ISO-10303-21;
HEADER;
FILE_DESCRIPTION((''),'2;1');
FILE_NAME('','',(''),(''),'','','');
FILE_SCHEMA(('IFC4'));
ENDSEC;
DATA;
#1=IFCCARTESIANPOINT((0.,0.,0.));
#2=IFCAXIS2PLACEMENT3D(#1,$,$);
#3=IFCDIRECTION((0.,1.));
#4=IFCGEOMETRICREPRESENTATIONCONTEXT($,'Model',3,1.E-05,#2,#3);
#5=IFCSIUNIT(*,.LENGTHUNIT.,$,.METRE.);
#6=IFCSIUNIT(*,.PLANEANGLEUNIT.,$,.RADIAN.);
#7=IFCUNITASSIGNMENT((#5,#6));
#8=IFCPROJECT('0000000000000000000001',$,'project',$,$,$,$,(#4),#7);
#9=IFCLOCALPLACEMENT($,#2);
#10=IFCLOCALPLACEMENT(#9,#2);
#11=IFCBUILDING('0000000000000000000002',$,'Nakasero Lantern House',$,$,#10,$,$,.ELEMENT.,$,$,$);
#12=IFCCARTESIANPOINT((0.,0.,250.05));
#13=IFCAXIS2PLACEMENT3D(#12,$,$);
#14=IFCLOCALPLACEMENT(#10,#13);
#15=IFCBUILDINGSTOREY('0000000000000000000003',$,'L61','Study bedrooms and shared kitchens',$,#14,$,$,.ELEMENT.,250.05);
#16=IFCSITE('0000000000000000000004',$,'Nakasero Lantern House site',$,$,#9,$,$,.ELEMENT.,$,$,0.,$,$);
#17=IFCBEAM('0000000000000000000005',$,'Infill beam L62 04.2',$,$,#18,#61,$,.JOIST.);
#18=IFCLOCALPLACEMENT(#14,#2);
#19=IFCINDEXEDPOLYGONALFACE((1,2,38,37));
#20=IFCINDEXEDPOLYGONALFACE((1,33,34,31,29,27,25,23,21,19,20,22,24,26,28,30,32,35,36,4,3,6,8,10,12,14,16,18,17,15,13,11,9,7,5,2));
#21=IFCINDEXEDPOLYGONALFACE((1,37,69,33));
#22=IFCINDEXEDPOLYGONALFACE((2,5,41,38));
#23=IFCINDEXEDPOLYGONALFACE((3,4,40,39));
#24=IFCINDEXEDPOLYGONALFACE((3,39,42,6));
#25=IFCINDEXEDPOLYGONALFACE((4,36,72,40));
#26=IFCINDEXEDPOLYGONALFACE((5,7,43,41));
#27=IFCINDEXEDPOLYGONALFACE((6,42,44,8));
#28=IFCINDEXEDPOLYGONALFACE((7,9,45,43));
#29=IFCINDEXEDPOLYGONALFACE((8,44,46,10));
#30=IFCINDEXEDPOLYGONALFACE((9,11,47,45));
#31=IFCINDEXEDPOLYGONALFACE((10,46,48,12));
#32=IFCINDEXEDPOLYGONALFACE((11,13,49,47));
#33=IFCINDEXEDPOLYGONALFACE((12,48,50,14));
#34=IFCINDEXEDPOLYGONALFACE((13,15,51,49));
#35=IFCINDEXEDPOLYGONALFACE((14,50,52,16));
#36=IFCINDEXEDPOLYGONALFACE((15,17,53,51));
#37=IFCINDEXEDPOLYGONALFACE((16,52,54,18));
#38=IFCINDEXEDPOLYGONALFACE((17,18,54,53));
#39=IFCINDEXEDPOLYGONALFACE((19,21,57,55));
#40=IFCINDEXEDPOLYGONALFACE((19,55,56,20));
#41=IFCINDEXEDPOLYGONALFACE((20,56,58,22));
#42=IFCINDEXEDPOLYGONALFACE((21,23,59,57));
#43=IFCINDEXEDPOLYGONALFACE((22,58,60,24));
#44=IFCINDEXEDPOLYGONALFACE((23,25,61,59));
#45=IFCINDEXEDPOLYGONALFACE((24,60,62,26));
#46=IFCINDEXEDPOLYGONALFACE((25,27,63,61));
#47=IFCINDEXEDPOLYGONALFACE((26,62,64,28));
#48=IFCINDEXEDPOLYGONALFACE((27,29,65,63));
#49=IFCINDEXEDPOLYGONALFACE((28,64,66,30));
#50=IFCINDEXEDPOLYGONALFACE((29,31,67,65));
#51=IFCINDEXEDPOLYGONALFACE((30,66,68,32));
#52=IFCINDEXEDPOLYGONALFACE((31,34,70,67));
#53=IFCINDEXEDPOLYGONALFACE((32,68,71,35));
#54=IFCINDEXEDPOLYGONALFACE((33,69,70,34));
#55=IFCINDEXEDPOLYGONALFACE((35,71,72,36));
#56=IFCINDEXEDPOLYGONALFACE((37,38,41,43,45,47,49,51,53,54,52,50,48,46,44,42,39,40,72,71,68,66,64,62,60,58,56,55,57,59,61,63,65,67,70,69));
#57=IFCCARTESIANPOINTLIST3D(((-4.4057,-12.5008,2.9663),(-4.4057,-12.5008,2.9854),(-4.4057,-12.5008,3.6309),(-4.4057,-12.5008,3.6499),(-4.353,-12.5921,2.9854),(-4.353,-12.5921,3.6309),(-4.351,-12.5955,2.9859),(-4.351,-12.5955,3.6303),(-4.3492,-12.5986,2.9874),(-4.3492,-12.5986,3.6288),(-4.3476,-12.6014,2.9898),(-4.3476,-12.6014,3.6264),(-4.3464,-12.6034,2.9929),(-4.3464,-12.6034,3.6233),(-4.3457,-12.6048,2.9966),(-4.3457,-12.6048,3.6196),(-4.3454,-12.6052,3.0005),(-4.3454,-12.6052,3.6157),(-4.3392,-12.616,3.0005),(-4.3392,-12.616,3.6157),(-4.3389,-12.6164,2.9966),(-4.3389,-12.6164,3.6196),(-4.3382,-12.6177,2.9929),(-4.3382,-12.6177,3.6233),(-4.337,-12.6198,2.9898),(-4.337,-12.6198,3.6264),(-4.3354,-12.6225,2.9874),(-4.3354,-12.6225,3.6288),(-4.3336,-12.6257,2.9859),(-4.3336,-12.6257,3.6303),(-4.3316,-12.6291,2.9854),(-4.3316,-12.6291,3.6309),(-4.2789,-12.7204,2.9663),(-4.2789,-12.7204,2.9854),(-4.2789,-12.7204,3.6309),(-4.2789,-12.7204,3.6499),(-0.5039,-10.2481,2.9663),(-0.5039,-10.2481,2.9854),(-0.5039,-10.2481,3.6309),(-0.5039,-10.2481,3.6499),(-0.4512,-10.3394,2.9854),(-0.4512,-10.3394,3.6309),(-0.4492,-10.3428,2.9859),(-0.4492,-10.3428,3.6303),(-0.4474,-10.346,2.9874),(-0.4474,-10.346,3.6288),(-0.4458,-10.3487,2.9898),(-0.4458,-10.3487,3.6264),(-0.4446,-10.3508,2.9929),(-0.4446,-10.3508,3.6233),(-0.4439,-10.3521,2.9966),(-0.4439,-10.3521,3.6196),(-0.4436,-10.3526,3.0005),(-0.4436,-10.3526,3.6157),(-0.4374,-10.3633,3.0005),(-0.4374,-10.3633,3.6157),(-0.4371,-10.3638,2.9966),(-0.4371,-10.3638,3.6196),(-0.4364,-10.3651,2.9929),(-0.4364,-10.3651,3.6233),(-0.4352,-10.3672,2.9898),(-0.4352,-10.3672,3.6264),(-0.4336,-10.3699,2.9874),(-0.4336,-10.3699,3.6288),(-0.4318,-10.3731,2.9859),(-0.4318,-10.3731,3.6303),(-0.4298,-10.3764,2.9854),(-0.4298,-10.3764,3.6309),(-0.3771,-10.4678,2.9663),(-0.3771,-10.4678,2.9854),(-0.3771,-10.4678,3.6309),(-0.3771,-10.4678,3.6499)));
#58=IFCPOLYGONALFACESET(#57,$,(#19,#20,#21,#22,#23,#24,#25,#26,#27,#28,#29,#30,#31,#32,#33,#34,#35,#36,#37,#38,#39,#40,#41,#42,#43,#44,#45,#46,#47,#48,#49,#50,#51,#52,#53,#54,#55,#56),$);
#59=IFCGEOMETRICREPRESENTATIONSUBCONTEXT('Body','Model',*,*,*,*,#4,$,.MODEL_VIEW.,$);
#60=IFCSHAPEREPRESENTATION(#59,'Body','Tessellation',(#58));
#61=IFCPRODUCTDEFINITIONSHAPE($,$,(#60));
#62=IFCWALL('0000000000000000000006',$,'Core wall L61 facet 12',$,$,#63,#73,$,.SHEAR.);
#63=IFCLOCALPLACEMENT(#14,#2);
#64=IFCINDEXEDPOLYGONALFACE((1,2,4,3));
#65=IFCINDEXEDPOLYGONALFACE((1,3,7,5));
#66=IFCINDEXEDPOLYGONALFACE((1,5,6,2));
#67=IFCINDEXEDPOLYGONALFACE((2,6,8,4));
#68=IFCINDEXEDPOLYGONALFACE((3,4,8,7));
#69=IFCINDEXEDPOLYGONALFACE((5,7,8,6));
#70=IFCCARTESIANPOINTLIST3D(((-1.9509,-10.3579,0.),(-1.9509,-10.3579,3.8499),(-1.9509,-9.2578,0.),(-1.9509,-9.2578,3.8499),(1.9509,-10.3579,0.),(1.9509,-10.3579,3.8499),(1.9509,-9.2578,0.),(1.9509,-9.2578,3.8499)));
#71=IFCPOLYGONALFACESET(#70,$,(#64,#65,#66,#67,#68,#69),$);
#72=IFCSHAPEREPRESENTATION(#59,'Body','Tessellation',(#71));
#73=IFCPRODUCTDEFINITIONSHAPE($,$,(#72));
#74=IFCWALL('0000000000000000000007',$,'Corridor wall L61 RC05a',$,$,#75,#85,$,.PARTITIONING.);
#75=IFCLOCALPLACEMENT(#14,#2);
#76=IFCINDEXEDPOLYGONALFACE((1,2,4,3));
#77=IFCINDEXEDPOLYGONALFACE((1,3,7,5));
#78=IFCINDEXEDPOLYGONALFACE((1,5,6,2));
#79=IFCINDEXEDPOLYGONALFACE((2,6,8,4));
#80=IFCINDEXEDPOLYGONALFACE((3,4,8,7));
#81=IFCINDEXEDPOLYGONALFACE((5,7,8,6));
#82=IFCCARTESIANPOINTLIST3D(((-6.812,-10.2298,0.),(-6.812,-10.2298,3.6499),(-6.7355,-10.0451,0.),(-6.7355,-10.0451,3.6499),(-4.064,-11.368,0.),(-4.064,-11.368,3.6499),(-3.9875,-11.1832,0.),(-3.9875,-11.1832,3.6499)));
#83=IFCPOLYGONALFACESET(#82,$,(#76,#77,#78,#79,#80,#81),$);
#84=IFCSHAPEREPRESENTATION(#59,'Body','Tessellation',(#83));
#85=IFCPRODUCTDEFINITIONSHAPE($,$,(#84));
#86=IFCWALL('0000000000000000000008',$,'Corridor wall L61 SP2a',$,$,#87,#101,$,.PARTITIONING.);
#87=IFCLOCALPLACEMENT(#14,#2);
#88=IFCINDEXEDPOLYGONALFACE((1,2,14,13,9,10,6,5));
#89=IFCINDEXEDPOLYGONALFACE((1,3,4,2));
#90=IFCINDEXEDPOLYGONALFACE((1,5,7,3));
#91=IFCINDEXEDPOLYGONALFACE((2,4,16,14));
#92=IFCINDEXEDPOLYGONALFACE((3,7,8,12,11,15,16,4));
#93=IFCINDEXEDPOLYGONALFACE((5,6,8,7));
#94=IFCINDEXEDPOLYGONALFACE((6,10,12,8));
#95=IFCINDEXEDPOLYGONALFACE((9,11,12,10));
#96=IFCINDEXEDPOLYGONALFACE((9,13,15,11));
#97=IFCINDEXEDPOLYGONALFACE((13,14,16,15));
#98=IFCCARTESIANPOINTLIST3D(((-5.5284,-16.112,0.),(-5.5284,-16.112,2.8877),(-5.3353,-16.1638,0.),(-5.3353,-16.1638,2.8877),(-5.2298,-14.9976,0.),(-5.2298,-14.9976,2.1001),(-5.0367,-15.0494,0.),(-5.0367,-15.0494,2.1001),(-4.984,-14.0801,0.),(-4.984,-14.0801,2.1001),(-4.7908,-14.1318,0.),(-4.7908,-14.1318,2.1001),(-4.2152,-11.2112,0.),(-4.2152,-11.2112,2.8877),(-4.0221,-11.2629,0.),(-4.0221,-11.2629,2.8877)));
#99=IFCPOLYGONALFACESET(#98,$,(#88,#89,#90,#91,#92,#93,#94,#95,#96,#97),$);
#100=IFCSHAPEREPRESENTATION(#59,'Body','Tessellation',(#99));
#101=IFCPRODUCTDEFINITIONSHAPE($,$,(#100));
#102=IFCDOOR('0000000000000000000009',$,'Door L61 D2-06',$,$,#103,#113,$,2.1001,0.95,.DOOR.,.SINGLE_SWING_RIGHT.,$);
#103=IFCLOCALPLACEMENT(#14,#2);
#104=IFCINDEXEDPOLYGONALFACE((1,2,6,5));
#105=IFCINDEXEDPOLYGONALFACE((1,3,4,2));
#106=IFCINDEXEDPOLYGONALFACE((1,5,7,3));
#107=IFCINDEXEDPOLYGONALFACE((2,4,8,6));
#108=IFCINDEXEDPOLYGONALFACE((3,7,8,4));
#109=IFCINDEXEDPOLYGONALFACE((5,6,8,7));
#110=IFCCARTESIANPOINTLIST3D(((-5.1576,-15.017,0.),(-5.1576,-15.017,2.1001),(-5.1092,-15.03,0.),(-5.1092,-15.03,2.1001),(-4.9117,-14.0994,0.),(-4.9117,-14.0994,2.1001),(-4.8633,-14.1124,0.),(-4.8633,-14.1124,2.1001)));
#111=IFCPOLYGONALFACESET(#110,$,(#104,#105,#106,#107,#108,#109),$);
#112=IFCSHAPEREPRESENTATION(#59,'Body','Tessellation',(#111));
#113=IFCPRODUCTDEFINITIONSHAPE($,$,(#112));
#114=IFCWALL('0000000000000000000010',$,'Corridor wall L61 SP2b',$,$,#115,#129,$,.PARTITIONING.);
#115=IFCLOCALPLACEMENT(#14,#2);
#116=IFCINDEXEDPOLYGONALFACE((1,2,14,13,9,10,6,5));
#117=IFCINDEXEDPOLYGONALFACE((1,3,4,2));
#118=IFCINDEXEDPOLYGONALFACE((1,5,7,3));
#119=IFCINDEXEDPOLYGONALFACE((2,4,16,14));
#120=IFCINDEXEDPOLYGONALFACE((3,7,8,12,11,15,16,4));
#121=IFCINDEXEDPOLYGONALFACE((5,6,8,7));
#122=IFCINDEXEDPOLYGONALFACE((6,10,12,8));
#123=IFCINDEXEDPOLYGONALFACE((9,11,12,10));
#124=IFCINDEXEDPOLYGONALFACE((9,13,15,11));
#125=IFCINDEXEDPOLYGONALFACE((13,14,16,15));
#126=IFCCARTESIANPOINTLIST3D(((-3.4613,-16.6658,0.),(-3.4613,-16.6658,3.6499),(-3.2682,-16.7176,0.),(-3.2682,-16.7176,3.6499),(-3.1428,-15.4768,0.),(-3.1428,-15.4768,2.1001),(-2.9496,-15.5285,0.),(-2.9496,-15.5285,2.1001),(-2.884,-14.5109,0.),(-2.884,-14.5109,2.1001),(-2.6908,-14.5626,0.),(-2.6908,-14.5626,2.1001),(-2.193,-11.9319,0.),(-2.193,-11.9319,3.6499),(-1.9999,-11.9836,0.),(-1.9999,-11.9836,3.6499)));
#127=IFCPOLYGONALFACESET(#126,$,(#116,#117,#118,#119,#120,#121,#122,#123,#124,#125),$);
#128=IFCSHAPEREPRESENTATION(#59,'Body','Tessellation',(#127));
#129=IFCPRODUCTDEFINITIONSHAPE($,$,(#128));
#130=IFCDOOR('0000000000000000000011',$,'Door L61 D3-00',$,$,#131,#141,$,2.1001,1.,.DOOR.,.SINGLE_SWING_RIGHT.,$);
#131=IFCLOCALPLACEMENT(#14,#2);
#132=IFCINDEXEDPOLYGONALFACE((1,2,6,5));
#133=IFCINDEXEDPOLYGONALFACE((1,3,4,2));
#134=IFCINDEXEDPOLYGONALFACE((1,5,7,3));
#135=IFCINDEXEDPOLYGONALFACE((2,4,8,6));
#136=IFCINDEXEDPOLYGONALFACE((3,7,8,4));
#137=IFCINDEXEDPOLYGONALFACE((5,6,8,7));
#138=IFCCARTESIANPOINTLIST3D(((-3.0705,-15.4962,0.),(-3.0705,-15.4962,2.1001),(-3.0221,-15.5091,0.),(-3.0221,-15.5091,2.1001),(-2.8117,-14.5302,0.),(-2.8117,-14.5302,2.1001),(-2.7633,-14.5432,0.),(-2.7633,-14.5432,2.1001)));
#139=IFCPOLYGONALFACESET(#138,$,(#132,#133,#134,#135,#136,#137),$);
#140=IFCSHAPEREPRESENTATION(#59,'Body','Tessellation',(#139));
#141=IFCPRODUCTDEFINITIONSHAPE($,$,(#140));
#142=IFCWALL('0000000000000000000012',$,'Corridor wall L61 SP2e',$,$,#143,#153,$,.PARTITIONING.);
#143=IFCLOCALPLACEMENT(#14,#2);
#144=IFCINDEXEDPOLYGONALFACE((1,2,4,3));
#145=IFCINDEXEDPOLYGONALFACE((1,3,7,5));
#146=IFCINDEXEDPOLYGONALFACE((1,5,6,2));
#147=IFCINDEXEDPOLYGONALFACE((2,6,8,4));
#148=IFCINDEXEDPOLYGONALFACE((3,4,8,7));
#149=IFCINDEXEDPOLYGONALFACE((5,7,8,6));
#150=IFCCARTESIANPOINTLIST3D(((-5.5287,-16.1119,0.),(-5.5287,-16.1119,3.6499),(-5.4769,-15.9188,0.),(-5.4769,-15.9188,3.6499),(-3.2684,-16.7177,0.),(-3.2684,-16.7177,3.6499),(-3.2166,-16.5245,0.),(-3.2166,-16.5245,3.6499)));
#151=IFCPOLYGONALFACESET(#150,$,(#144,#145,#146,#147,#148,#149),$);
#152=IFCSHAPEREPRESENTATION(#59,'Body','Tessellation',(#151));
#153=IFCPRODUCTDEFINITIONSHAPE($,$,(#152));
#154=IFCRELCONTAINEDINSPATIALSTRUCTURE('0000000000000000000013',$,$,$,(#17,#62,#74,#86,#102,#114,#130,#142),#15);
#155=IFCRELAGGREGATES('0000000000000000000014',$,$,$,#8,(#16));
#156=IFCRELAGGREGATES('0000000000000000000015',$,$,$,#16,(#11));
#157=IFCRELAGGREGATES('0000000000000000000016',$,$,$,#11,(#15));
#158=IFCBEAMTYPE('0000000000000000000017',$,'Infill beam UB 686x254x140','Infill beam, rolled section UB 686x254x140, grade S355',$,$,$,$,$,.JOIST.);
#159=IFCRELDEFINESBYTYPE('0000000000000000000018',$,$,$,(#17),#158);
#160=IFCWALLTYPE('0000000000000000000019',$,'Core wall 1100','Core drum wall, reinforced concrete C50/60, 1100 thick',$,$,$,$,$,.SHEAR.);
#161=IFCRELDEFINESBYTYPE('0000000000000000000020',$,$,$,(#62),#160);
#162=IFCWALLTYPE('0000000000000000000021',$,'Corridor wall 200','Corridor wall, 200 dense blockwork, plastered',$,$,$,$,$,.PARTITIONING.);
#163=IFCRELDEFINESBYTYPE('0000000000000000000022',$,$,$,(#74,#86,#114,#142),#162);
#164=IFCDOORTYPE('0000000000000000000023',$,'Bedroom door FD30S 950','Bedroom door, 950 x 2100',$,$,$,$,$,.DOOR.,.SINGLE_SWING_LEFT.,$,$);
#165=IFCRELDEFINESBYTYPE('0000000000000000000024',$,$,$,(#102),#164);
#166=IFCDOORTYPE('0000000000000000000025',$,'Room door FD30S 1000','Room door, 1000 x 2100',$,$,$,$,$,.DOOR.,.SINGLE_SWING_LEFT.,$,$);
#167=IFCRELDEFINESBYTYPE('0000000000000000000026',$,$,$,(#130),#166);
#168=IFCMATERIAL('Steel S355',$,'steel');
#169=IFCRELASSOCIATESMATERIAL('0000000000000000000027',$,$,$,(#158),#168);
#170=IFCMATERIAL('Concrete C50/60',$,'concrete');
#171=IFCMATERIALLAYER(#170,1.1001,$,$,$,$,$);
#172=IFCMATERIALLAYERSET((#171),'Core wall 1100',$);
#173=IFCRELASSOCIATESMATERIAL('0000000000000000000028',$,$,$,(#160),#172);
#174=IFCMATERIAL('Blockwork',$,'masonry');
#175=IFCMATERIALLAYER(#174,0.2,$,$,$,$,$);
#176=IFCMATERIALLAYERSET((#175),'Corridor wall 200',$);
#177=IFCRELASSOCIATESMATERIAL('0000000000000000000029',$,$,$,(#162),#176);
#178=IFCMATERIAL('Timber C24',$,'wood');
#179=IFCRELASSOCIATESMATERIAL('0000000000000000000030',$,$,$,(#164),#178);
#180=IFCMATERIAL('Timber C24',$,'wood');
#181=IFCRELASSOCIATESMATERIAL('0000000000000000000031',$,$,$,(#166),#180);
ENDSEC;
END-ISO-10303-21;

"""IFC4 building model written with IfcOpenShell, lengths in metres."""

from ifc_helpers import new_model, si_unit, direction, frame, frame_2d, origin, origin_2d, place, context, subcontext, project, spatial, rectangle, i_section, extrude, material, layer, layer_set, material_profile, profile_set, type_object, element, fill, save


model = new_model("IFC4")

# Units and contexts
model_context = context("Model", 3, precision=1e-05, world=origin(), true_north=direction((0.0, 1.0)))
body_context = subcontext(model_context, "Body", "Model", "MODEL_VIEW")
ifc_project = project(units=[si_unit("LENGTHUNIT", "METRE"), si_unit("PLANEANGLEUNIT", "RADIAN")], contexts=[model_context])

# Site, building, storey
site_placement = place(None, origin())
site = spatial("IfcSite", under=ifc_project, at=site_placement, Name="Nakasero Lantern House site", CompositionType="ELEMENT", RefElevation=0.0)
building_placement = place(site_placement, origin())
building = spatial("IfcBuilding", under=site, at=building_placement, Name="Nakasero Lantern House", CompositionType="ELEMENT")
storey_placement = place(building_placement, frame((0.0, 0.0, 250.05)))
storey = spatial("IfcBuildingStorey", under=building, at=storey_placement, Name="L61", Description="Study bedrooms and shared kitchens", CompositionType="ELEMENT", Elevation=250.05)

# Beam
ifc_material_1 = material(Name="Steel S355", Category="steel")
ifc_material_profile = material_profile(ifc_material_1, i_section(OverallWidth=0.2537, OverallDepth=0.6836, WebThickness=0.0125, FlangeThickness=0.019, FilletRadius=0.0151, at=origin_2d()), Name="UB 686x254x140")
ifc_profile_set = profile_set([ifc_material_profile], Name="Steel S355")
beam_type = type_object("IfcBeamType", Name="Infill beam UB 686x254x140", Description="Infill beam, rolled section UB 686x254x140, grade S355", PredefinedType="JOIST", material=ifc_profile_set)
beam_placement = place(storey_placement, frame((-4.3423, -12.6106, 3.3081), z_axis=(0.86603, 0.499991, 0.0), x_axis=(-0.499991, 0.86603, 0.0)))
element("IfcBeam", 1, at=beam_placement, inside=storey, type_object=beam_type, Name="Infill beam L62 04.2", PredefinedType="JOIST", context=body_context, shape_type="SweptSolid", body=[
    extrude(i_section(OverallWidth=0.2537, OverallDepth=0.6836, WebThickness=0.0125, FlangeThickness=0.019, FilletRadius=0.0151, at=origin_2d()), origin(), (0.0, 0.0, 1.0), 4.5054),
])

# Walls
ifc_material_2 = material(Name="Concrete C50/60", Category="concrete")
ifc_layer_1 = layer(ifc_material_2, 1.1001)
ifc_layer_set_1 = layer_set([ifc_layer_1], Name="Core wall 1100")
wall_type_1 = type_object("IfcWallType", Name="Core wall 1100", Description="Core drum wall, reinforced concrete C50/60, 1100 thick", PredefinedType="SHEAR", material=ifc_layer_set_1)
wall_1_placement = place(storey_placement, frame((-1.9509, -9.8079, 0.0), z_axis=(0.0, 0.0, 1.0), x_axis=(1.0, 0.0, 0.0)))
element("IfcWall", 2, at=wall_1_placement, inside=storey, type_object=wall_type_1, Name="Core wall L61 facet 12", PredefinedType="SHEAR", context=body_context, shape_type="SweptSolid", body=[
    extrude(rectangle(XDim=3.9019, YDim=1.1001, at=frame_2d((1.9509, 0.0))), origin(), (0.0, 0.0, 1.0), 3.8499),
])
ifc_material_3 = material(Name="Blockwork", Category="masonry")
ifc_layer_2 = layer(ifc_material_3, 0.2)
ifc_layer_set_2 = layer_set([ifc_layer_2], Name="Corridor wall 200")
wall_type_2 = type_object("IfcWallType", Name="Corridor wall 200", Description="Corridor wall, 200 dense blockwork, plastered", PredefinedType="PARTITIONING", material=ifc_layer_set_2)
wall_2_placement = place(storey_placement, frame((-4.0256, -11.2756, 0.0), z_axis=(0.0, 0.0, 1.0), x_axis=(-0.923891, 0.382656, 0.0)))
element("IfcWall", 3, at=wall_2_placement, inside=storey, type_object=wall_type_2, Name="Corridor wall L61 RC05a", PredefinedType="PARTITIONING", context=body_context, shape_type="SweptSolid", body=[
    extrude(rectangle(XDim=2.9744, YDim=0.2, at=frame_2d((1.4873, 0.0))), origin(), (0.0, 0.0, 1.0), 3.6499),
])

# Walls, openings, doors
wall_3_placement = place(storey_placement, frame((-4.1187, -11.2371, 0.0), z_axis=(0.0, 0.0, 1.0), x_axis=(-0.258827, -0.965924, 0.0)))
wall_3 = element("IfcWall", 4, at=wall_3_placement, inside=storey, type_object=wall_type_2, Name="Corridor wall L61 SP2a", PredefinedType="PARTITIONING", context=body_context, shape_type="SweptSolid", body=[
    extrude(rectangle(XDim=5.0737, YDim=0.2, at=frame_2d((2.5369, 0.0))), origin(), (0.0, 0.0, 1.0), 2.8877),
])
opening_1_placement = place(wall_3_placement, frame((2.97, 0.0, 0.0)))
opening_1 = element("IfcOpeningElement", 5, at=opening_1_placement, cuts=wall_3, PredefinedType="OPENING", context=body_context, shape_type="SweptSolid", body=[
    extrude(rectangle(XDim=0.95, YDim=2.1001, at=frame_2d((0.4751, 1.05))), frame((0.0, 0.1199, 0.0), z_axis=(0.0, -1.0, 0.0), x_axis=(1.0, 0.0, 0.0)), (0.0, 0.0, 1.0), 0.24),
])
ifc_material_4 = material(Name="Timber C24", Category="wood")
door_type_1 = type_object("IfcDoorType", Name="Bedroom door FD30S 950", Description="Bedroom door, 950 x 2100", OperationType="SINGLE_SWING_LEFT", PredefinedType="DOOR", material=ifc_material_4)
door_1_placement = place(opening_1_placement, origin())
door_1 = element("IfcDoor", 6, at=door_1_placement, inside=storey, type_object=door_type_1, Name="Door L61 D2-06", OperationType="SINGLE_SWING_RIGHT", OverallHeight=2.1001, OverallWidth=0.95, PredefinedType="DOOR", context=body_context, shape_type="SweptSolid", body=[
    extrude(rectangle(XDim=0.95, YDim=2.1001, at=frame_2d((0.4751, 1.05))), frame((0.0, 0.0249, 0.0), z_axis=(0.0, -1.0, 0.0), x_axis=(1.0, 0.0, 0.0)), (0.0, 0.0, 1.0), 0.05),
])
fill(opening_1, door_1)
wall_4_placement = place(storey_placement, frame((-2.0964, -11.9578, 0.0), z_axis=(0.0, 0.0, 1.0), x_axis=(-0.258794, -0.965932, 0.0)))
wall_4 = element("IfcWall", 7, at=wall_4_placement, inside=storey, type_object=wall_type_2, Name="Corridor wall L61 SP2b", PredefinedType="PARTITIONING", context=body_context, shape_type="SweptSolid", body=[
    extrude(rectangle(XDim=4.9009, YDim=0.2, at=frame_2d((2.4504, 0.0))), origin(), (0.0, 0.0, 1.0), 3.6499),
])
opening_2_placement = place(wall_4_placement, frame((2.6699, 0.0, 0.0)))
opening_2 = element("IfcOpeningElement", 8, at=opening_2_placement, cuts=wall_4, PredefinedType="OPENING", context=body_context, shape_type="SweptSolid", body=[
    extrude(rectangle(XDim=1.0, YDim=2.1001, at=frame_2d((0.5, 1.05))), frame((0.0, 0.1199, 0.0), z_axis=(0.0, -1.0, 0.0), x_axis=(1.0, 0.0, 0.0)), (0.0, 0.0, 1.0), 0.24),
])
ifc_material_5 = material(Name="Timber C24", Category="wood")
door_type_2 = type_object("IfcDoorType", Name="Room door FD30S 1000", Description="Room door, 1000 x 2100", OperationType="SINGLE_SWING_LEFT", PredefinedType="DOOR", material=ifc_material_5)
door_2_placement = place(opening_2_placement, origin())
door_2 = element("IfcDoor", 9, at=door_2_placement, inside=storey, type_object=door_type_2, Name="Door L61 D3-00", OperationType="SINGLE_SWING_RIGHT", OverallHeight=2.1001, OverallWidth=1.0, PredefinedType="DOOR", context=body_context, shape_type="SweptSolid", body=[
    extrude(rectangle(XDim=1.0, YDim=2.1001, at=frame_2d((0.5, 1.05))), frame((0.0, 0.0249, 0.0), z_axis=(0.0, -1.0, 0.0), x_axis=(1.0, 0.0, 0.0)), (0.0, 0.0, 1.0), 0.05),
])
fill(opening_2, door_2)

# Wall
wall_5_placement = place(storey_placement, frame((-5.5027, -16.0154, 0.0), z_axis=(0.0, 0.0, 1.0), x_axis=(0.965917, -0.258851, 0.0)))
element("IfcWall", 10, at=wall_5_placement, inside=storey, type_object=wall_type_2, Name="Corridor wall L61 SP2e", PredefinedType="PARTITIONING", context=body_context, shape_type="SweptSolid", body=[
    extrude(rectangle(XDim=2.3401, YDim=0.2, at=frame_2d((1.1699, 0.0))), origin(), (0.0, 0.0, 1.0), 3.6499),
])

save(model, "model.ifc")
